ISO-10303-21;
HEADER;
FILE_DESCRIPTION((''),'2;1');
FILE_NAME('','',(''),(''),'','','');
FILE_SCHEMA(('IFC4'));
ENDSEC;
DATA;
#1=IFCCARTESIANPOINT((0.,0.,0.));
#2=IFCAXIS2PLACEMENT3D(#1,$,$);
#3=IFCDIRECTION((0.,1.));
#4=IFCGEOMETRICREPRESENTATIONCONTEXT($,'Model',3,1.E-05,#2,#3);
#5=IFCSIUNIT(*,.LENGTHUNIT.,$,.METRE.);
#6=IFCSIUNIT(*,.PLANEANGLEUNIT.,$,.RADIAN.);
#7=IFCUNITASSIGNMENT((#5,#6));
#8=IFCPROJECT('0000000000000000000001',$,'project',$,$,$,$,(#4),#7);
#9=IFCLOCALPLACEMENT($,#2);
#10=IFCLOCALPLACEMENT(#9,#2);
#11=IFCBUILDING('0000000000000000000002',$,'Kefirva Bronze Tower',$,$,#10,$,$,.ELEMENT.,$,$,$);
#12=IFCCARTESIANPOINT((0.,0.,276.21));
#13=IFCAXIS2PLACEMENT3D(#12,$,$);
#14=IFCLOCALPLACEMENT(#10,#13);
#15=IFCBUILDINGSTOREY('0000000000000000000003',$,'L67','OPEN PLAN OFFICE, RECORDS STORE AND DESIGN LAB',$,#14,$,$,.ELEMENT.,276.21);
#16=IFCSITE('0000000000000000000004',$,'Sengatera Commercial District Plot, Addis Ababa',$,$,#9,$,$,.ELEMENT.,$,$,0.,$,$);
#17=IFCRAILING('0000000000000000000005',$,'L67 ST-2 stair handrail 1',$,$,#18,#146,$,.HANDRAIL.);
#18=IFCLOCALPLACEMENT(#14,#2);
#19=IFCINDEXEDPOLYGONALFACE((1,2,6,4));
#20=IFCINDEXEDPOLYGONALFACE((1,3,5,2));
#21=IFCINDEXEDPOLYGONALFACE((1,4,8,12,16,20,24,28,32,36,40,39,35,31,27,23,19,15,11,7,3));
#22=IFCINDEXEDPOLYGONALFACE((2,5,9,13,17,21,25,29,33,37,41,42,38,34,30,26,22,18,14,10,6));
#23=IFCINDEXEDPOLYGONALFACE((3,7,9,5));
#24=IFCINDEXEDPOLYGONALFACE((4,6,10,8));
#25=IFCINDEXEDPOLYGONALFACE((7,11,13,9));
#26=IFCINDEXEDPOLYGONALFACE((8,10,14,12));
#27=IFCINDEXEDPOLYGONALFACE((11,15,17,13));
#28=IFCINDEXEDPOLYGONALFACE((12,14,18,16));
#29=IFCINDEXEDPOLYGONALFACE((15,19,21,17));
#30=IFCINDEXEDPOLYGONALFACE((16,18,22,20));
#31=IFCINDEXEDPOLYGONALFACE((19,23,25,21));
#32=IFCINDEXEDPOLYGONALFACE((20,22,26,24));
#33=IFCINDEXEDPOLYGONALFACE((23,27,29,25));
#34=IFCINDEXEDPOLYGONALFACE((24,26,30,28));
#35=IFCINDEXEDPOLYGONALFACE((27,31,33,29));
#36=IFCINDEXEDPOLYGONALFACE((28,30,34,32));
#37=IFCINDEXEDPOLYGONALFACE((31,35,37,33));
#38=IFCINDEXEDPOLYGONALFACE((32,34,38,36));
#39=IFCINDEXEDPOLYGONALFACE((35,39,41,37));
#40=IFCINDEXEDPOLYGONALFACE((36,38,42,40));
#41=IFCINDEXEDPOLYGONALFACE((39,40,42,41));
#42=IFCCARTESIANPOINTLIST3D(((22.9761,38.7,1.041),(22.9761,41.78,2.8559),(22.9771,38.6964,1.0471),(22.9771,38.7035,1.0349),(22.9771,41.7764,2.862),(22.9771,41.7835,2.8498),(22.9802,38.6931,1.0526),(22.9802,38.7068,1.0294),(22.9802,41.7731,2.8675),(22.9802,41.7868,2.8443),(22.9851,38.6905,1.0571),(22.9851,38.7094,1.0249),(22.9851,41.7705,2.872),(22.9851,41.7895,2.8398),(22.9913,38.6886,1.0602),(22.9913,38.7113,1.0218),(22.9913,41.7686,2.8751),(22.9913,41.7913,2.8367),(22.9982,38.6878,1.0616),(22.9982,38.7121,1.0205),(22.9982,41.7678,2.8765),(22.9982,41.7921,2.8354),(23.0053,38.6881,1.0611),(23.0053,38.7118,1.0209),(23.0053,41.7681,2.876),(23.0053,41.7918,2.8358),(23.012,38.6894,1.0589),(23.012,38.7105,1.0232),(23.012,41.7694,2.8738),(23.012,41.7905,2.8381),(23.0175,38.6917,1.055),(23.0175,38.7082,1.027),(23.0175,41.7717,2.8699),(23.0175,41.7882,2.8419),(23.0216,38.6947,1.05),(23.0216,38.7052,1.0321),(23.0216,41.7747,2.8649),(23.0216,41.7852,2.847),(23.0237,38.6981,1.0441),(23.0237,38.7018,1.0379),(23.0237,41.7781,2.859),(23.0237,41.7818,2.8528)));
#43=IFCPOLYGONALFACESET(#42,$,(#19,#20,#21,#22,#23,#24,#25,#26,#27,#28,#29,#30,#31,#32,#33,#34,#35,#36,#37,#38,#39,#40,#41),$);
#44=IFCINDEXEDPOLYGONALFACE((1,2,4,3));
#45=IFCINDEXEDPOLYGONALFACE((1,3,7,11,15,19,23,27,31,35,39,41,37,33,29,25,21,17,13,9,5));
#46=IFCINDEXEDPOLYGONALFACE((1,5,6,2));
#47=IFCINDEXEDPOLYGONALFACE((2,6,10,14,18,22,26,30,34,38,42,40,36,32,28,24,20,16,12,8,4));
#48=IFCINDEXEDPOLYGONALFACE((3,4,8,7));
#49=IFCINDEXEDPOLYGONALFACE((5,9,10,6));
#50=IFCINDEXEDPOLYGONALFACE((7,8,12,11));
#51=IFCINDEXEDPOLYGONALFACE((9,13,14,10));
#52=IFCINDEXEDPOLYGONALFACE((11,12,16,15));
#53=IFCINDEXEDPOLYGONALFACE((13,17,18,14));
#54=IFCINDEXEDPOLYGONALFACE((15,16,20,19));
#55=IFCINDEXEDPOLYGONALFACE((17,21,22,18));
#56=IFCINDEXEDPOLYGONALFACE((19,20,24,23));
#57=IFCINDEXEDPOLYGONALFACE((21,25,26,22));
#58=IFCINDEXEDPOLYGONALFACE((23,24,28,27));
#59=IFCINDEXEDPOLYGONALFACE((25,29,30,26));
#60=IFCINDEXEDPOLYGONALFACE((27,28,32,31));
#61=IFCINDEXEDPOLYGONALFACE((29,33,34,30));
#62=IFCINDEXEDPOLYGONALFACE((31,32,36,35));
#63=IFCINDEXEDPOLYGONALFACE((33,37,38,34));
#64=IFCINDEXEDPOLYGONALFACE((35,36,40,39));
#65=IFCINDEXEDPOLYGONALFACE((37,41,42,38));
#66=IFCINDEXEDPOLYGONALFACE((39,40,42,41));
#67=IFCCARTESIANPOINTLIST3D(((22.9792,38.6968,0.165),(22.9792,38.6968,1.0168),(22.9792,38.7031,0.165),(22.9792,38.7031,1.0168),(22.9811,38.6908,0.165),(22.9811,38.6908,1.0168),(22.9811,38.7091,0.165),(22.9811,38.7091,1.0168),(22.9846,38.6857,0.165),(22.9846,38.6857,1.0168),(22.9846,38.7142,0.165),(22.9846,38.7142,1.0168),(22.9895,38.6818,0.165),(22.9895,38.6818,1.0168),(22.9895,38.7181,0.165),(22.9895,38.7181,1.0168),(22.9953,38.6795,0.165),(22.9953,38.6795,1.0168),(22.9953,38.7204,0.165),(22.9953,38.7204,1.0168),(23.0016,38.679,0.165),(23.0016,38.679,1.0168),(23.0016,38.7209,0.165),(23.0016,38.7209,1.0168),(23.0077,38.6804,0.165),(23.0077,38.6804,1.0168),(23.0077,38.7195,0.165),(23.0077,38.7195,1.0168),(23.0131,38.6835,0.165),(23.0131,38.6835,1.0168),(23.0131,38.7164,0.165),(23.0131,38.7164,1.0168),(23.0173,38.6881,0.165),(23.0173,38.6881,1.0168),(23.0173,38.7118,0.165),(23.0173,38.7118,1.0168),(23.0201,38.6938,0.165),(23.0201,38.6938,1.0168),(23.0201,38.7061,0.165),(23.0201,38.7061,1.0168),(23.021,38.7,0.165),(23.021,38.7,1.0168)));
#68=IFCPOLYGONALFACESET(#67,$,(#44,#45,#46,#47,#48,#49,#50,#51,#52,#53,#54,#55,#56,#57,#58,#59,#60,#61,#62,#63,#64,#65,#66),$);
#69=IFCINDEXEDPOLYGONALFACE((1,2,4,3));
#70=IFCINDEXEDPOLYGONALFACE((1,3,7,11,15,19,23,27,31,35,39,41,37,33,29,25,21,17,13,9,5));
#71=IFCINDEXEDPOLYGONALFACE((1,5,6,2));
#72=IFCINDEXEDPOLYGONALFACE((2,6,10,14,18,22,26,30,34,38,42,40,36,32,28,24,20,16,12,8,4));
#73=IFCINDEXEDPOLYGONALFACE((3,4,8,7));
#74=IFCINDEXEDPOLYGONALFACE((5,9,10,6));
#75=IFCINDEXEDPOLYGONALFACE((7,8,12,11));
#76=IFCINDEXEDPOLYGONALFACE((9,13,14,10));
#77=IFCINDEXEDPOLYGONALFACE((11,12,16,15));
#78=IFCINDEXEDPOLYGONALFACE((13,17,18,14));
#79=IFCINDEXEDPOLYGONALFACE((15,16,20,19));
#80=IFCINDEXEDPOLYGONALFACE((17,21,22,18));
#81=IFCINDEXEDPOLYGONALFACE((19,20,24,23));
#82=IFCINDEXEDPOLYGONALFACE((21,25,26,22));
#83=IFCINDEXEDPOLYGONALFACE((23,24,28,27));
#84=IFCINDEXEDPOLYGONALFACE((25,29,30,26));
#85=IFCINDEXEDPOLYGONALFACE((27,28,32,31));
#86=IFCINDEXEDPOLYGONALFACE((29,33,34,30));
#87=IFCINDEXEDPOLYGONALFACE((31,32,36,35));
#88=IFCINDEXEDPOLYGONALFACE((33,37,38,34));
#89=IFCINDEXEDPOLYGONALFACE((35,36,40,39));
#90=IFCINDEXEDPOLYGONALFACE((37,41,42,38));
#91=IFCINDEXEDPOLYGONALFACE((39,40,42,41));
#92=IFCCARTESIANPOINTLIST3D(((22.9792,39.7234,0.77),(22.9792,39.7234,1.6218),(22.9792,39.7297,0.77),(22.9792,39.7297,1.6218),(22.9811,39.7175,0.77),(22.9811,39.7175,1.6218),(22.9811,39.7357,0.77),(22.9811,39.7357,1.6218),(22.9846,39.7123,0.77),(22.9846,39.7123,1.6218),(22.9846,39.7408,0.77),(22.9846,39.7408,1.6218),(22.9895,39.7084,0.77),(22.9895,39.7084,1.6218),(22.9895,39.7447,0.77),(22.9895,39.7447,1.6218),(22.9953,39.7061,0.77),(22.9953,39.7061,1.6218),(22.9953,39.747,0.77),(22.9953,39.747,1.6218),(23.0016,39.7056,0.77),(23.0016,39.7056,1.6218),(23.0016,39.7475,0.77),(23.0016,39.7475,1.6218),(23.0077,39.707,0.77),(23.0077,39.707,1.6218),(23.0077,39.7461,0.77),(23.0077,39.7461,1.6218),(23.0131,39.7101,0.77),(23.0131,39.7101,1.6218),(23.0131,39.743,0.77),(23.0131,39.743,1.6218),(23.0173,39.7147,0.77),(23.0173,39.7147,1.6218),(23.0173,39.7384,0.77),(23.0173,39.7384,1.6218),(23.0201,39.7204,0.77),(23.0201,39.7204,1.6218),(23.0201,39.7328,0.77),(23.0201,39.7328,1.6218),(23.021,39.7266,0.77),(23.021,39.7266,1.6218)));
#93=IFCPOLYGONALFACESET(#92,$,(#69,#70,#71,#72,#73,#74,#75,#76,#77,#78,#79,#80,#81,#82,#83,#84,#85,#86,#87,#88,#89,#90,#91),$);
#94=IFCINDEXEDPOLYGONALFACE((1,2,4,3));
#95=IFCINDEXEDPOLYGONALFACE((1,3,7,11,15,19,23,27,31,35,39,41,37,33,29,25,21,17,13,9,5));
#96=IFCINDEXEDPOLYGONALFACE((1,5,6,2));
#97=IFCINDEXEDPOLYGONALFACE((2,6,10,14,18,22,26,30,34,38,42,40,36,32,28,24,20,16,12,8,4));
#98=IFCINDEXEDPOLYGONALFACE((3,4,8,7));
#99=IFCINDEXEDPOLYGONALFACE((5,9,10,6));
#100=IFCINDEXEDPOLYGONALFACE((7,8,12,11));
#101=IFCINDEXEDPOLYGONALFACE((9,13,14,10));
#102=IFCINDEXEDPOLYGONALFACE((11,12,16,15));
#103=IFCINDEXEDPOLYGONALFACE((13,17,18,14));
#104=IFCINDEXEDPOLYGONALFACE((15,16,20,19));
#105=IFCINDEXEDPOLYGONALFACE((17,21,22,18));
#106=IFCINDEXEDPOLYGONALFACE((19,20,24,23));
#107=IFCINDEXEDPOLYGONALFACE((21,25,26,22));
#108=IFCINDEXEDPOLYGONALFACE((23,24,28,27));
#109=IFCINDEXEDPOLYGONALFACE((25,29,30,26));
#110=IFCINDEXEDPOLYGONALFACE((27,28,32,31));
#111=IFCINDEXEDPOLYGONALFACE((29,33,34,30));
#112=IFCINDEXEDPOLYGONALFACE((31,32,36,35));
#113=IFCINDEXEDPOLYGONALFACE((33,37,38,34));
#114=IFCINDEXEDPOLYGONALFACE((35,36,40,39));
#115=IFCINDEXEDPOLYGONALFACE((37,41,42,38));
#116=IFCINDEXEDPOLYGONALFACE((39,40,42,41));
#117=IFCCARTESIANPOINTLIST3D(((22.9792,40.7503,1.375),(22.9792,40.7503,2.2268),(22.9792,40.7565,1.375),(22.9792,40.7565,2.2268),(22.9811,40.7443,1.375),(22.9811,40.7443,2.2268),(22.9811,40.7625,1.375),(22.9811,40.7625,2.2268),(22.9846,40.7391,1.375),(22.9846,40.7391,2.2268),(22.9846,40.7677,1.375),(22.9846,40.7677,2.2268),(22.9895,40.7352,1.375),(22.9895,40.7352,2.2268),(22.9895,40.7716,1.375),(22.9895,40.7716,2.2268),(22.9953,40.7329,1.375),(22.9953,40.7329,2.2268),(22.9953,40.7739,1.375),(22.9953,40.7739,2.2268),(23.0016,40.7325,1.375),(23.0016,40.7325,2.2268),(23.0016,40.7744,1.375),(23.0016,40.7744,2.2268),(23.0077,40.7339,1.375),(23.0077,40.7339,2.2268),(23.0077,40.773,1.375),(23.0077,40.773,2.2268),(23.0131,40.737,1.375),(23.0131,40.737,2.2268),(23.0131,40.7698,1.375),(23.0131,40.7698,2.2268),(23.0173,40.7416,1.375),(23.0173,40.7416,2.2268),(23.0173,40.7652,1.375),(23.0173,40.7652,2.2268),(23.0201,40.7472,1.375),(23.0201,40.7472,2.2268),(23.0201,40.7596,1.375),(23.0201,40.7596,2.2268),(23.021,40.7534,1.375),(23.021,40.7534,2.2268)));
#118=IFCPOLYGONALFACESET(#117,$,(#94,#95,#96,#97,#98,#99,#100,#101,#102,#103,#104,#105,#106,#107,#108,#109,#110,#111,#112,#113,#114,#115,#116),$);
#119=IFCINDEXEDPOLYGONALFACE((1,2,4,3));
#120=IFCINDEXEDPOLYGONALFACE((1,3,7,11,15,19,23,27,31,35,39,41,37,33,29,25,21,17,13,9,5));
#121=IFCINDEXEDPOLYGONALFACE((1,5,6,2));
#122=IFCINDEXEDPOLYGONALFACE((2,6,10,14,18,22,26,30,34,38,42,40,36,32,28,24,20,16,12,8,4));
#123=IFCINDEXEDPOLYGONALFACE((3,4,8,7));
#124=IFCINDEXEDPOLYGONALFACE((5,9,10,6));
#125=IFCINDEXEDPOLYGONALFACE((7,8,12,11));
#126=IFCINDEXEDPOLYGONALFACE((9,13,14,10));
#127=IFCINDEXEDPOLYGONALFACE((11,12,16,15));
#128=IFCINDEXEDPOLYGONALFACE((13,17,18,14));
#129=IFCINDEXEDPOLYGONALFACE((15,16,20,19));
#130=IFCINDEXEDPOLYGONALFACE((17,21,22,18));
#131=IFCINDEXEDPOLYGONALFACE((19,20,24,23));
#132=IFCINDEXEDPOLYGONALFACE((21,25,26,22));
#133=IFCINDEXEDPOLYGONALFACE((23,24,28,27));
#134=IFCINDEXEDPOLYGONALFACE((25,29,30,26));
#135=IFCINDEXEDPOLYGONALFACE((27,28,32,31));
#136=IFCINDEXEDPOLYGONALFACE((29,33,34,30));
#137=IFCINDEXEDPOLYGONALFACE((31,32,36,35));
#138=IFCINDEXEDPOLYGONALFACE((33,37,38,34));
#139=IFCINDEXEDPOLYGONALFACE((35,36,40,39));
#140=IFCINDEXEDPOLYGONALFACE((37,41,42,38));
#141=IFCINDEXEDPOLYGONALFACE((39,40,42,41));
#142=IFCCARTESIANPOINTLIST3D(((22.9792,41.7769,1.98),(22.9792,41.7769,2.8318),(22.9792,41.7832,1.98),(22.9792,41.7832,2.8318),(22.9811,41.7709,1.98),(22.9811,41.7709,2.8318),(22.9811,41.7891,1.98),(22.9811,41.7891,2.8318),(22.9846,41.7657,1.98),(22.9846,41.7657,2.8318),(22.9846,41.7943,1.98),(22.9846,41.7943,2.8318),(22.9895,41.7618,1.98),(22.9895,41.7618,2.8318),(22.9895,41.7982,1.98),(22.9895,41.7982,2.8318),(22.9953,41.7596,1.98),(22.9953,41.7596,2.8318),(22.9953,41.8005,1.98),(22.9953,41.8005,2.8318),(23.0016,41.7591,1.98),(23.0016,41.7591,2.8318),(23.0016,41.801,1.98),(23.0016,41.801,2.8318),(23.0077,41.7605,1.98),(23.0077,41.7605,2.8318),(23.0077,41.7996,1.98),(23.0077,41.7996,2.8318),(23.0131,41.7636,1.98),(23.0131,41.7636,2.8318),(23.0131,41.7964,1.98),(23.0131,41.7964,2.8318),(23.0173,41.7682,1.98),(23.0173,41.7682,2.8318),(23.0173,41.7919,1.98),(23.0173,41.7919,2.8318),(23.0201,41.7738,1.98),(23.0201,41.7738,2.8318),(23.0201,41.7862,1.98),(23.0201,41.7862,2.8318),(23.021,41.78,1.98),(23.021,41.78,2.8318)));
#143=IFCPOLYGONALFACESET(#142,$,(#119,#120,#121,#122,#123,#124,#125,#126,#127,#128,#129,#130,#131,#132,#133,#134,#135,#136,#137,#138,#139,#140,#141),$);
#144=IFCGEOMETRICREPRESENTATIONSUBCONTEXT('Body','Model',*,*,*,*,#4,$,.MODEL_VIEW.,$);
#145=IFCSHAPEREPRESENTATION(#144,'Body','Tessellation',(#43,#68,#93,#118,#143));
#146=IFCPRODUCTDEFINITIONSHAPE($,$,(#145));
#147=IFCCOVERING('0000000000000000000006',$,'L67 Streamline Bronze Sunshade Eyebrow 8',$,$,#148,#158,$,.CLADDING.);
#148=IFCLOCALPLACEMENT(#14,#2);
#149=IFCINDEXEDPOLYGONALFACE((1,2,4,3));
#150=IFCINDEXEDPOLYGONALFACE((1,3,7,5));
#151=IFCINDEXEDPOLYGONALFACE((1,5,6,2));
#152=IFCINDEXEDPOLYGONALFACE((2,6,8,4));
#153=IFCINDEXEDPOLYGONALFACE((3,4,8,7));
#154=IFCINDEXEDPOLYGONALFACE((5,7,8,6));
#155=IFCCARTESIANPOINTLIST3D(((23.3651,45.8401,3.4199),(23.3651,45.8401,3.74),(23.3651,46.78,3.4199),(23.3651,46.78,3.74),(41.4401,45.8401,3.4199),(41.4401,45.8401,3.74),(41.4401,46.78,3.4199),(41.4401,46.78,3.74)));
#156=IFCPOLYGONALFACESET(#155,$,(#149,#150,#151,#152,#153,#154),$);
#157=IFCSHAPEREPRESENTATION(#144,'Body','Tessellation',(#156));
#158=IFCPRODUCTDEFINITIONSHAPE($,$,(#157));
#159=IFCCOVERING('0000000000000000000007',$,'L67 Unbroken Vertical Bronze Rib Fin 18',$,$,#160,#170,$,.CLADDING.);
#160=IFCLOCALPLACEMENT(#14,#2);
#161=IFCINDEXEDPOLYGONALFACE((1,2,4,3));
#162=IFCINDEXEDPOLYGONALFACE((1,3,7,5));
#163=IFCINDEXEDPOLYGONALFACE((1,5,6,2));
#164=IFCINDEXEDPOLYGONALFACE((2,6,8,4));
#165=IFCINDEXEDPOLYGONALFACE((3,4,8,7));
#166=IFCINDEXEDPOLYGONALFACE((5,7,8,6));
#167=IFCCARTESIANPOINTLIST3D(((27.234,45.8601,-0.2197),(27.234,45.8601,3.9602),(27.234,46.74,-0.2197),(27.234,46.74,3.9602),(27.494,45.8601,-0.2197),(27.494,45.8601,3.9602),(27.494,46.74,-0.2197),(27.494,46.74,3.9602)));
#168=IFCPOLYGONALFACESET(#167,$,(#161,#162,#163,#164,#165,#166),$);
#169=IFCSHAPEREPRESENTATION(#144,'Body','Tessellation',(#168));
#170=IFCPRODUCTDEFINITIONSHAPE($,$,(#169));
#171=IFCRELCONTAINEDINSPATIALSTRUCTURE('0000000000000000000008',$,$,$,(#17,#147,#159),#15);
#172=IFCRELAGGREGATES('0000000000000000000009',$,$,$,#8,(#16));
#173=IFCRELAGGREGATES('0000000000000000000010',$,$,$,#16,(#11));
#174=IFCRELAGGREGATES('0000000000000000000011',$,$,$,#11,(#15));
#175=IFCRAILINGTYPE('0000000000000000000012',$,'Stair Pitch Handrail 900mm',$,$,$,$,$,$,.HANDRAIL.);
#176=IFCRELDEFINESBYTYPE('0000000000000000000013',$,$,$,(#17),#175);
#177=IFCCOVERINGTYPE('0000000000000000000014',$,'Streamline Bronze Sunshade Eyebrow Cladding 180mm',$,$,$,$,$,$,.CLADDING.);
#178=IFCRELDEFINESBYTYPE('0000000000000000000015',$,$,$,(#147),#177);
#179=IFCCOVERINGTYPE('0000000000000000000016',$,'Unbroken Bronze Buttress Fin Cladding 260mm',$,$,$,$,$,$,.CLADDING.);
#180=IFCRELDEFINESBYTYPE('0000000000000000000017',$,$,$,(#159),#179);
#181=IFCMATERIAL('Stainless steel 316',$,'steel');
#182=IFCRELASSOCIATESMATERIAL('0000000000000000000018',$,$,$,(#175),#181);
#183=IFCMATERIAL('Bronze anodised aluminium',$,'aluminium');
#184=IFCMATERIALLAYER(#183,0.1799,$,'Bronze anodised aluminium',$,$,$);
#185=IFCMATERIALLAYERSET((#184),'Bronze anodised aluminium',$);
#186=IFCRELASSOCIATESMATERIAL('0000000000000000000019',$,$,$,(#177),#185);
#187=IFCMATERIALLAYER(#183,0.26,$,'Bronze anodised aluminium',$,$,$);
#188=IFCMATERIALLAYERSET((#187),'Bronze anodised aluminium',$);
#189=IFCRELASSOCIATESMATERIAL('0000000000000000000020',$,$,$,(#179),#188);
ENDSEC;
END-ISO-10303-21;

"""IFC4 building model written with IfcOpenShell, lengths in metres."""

from ifc_helpers import new_model, si_unit, direction, frame, origin, origin_2d, place, context, subcontext, project, spatial, rectangle, circle, extrude, material, layer, layer_set, type_object, element, save


model = new_model("IFC4")

# Units and contexts
model_context = context("Model", 3, precision=1e-05, world=origin(), true_north=direction((0.0, 1.0)))
body_context = subcontext(model_context, "Body", "Model", "MODEL_VIEW")
ifc_project = project(units=[si_unit("LENGTHUNIT", "METRE"), si_unit("PLANEANGLEUNIT", "RADIAN")], contexts=[model_context])

# Site, building, storey
site_placement = place(None, origin())
site = spatial("IfcSite", under=ifc_project, at=site_placement, Name="Sengatera Commercial District Plot, Addis Ababa", CompositionType="ELEMENT", RefElevation=0.0)
building_placement = place(site_placement, origin())
building = spatial("IfcBuilding", under=site, at=building_placement, Name="Kefirva Bronze Tower", CompositionType="ELEMENT")
storey_placement = place(building_placement, frame((0.0, 0.0, 276.21)))
storey = spatial("IfcBuildingStorey", under=building, at=storey_placement, Name="L67", Description="OPEN PLAN OFFICE, RECORDS STORE AND DESIGN LAB", CompositionType="ELEMENT", Elevation=276.21)

# Shared definitions
ifc_material_1 = material(Name="Bronze anodised aluminium", Category="aluminium")

# Railing
ifc_material_2 = material(Name="Stainless steel 316", Category="steel")
railing_type_1 = type_object("IfcRailingType", Name="Stair Pitch Handrail 900mm", PredefinedType="HANDRAIL", material=ifc_material_2)
railing_1_placement = place(storey_placement, frame((23.0, 38.7, 0.165)))
element("IfcRailing", 1, at=railing_1_placement, inside=storey, type_object=railing_type_1, Name="L67 ST-2 stair handrail 1", PredefinedType="HANDRAIL", context=body_context, shape_type="SweptSolid", body=[
    extrude(circle(Radius=0.0239, at=origin_2d()), frame((0.0, 0.0, 0.876), z_axis=(0.0, 0.861551, 0.507671), x_axis=(-1.0, 0.0, 0.0)), (0.0, 0.0, 1.0), 3.575),
    extrude(circle(Radius=0.021, at=origin_2d()), origin(), (0.0, 0.0, 1.0), 0.8518),
    extrude(circle(Radius=0.021, at=origin_2d()), frame((0.0, 1.0266, 0.605)), (0.0, 0.0, 1.0), 0.8518),
    extrude(circle(Radius=0.021, at=origin_2d()), frame((0.0, 2.0535, 1.21)), (0.0, 0.0, 1.0), 0.8518),
    extrude(circle(Radius=0.021, at=origin_2d()), frame((0.0, 3.0801, 1.8149)), (0.0, 0.0, 1.0), 0.8518),
])

# Coverings
ifc_layer_1 = layer(ifc_material_1, 0.1799, Name="Bronze anodised aluminium")
ifc_layer_set_1 = layer_set([ifc_layer_1], Name="Bronze anodised aluminium")
covering_type_1 = type_object("IfcCoveringType", Name="Streamline Bronze Sunshade Eyebrow Cladding 180mm", PredefinedType="CLADDING", material=ifc_layer_set_1)
covering_1_placement = place(storey_placement, frame((32.4026, 46.3101, 3.4199), z_axis=(0.0, 0.0, 1.0), x_axis=(-1.0, 0.0, 0.0)))
element("IfcCovering", 2, at=covering_1_placement, inside=storey, type_object=covering_type_1, Name="L67 Streamline Bronze Sunshade Eyebrow 8", PredefinedType="CLADDING", context=body_context, shape_type="SweptSolid", body=[
    extrude(rectangle(XDim=18.075, YDim=0.9399, at=origin_2d()), origin(), (0.0, 0.0, 1.0), 0.3201),
])
ifc_layer_2 = layer(ifc_material_1, 0.26, Name="Bronze anodised aluminium")
ifc_layer_set_2 = layer_set([ifc_layer_2], Name="Bronze anodised aluminium")
covering_type_2 = type_object("IfcCoveringType", Name="Unbroken Bronze Buttress Fin Cladding 260mm", PredefinedType="CLADDING", material=ifc_layer_set_2)
covering_2_placement = place(storey_placement, frame((27.364, 46.3, -0.2197), z_axis=(0.0, 0.0, 1.0), x_axis=(-1.0, 0.0, 0.0)))
element("IfcCovering", 3, at=covering_2_placement, inside=storey, type_object=covering_type_2, Name="L67 Unbroken Vertical Bronze Rib Fin 18", PredefinedType="CLADDING", context=body_context, shape_type="SweptSolid", body=[
    extrude(rectangle(XDim=0.26, YDim=0.8799, at=origin_2d()), origin(), (0.0, 0.0, 1.0), 4.1799),
])

save(model, "model.ifc")
